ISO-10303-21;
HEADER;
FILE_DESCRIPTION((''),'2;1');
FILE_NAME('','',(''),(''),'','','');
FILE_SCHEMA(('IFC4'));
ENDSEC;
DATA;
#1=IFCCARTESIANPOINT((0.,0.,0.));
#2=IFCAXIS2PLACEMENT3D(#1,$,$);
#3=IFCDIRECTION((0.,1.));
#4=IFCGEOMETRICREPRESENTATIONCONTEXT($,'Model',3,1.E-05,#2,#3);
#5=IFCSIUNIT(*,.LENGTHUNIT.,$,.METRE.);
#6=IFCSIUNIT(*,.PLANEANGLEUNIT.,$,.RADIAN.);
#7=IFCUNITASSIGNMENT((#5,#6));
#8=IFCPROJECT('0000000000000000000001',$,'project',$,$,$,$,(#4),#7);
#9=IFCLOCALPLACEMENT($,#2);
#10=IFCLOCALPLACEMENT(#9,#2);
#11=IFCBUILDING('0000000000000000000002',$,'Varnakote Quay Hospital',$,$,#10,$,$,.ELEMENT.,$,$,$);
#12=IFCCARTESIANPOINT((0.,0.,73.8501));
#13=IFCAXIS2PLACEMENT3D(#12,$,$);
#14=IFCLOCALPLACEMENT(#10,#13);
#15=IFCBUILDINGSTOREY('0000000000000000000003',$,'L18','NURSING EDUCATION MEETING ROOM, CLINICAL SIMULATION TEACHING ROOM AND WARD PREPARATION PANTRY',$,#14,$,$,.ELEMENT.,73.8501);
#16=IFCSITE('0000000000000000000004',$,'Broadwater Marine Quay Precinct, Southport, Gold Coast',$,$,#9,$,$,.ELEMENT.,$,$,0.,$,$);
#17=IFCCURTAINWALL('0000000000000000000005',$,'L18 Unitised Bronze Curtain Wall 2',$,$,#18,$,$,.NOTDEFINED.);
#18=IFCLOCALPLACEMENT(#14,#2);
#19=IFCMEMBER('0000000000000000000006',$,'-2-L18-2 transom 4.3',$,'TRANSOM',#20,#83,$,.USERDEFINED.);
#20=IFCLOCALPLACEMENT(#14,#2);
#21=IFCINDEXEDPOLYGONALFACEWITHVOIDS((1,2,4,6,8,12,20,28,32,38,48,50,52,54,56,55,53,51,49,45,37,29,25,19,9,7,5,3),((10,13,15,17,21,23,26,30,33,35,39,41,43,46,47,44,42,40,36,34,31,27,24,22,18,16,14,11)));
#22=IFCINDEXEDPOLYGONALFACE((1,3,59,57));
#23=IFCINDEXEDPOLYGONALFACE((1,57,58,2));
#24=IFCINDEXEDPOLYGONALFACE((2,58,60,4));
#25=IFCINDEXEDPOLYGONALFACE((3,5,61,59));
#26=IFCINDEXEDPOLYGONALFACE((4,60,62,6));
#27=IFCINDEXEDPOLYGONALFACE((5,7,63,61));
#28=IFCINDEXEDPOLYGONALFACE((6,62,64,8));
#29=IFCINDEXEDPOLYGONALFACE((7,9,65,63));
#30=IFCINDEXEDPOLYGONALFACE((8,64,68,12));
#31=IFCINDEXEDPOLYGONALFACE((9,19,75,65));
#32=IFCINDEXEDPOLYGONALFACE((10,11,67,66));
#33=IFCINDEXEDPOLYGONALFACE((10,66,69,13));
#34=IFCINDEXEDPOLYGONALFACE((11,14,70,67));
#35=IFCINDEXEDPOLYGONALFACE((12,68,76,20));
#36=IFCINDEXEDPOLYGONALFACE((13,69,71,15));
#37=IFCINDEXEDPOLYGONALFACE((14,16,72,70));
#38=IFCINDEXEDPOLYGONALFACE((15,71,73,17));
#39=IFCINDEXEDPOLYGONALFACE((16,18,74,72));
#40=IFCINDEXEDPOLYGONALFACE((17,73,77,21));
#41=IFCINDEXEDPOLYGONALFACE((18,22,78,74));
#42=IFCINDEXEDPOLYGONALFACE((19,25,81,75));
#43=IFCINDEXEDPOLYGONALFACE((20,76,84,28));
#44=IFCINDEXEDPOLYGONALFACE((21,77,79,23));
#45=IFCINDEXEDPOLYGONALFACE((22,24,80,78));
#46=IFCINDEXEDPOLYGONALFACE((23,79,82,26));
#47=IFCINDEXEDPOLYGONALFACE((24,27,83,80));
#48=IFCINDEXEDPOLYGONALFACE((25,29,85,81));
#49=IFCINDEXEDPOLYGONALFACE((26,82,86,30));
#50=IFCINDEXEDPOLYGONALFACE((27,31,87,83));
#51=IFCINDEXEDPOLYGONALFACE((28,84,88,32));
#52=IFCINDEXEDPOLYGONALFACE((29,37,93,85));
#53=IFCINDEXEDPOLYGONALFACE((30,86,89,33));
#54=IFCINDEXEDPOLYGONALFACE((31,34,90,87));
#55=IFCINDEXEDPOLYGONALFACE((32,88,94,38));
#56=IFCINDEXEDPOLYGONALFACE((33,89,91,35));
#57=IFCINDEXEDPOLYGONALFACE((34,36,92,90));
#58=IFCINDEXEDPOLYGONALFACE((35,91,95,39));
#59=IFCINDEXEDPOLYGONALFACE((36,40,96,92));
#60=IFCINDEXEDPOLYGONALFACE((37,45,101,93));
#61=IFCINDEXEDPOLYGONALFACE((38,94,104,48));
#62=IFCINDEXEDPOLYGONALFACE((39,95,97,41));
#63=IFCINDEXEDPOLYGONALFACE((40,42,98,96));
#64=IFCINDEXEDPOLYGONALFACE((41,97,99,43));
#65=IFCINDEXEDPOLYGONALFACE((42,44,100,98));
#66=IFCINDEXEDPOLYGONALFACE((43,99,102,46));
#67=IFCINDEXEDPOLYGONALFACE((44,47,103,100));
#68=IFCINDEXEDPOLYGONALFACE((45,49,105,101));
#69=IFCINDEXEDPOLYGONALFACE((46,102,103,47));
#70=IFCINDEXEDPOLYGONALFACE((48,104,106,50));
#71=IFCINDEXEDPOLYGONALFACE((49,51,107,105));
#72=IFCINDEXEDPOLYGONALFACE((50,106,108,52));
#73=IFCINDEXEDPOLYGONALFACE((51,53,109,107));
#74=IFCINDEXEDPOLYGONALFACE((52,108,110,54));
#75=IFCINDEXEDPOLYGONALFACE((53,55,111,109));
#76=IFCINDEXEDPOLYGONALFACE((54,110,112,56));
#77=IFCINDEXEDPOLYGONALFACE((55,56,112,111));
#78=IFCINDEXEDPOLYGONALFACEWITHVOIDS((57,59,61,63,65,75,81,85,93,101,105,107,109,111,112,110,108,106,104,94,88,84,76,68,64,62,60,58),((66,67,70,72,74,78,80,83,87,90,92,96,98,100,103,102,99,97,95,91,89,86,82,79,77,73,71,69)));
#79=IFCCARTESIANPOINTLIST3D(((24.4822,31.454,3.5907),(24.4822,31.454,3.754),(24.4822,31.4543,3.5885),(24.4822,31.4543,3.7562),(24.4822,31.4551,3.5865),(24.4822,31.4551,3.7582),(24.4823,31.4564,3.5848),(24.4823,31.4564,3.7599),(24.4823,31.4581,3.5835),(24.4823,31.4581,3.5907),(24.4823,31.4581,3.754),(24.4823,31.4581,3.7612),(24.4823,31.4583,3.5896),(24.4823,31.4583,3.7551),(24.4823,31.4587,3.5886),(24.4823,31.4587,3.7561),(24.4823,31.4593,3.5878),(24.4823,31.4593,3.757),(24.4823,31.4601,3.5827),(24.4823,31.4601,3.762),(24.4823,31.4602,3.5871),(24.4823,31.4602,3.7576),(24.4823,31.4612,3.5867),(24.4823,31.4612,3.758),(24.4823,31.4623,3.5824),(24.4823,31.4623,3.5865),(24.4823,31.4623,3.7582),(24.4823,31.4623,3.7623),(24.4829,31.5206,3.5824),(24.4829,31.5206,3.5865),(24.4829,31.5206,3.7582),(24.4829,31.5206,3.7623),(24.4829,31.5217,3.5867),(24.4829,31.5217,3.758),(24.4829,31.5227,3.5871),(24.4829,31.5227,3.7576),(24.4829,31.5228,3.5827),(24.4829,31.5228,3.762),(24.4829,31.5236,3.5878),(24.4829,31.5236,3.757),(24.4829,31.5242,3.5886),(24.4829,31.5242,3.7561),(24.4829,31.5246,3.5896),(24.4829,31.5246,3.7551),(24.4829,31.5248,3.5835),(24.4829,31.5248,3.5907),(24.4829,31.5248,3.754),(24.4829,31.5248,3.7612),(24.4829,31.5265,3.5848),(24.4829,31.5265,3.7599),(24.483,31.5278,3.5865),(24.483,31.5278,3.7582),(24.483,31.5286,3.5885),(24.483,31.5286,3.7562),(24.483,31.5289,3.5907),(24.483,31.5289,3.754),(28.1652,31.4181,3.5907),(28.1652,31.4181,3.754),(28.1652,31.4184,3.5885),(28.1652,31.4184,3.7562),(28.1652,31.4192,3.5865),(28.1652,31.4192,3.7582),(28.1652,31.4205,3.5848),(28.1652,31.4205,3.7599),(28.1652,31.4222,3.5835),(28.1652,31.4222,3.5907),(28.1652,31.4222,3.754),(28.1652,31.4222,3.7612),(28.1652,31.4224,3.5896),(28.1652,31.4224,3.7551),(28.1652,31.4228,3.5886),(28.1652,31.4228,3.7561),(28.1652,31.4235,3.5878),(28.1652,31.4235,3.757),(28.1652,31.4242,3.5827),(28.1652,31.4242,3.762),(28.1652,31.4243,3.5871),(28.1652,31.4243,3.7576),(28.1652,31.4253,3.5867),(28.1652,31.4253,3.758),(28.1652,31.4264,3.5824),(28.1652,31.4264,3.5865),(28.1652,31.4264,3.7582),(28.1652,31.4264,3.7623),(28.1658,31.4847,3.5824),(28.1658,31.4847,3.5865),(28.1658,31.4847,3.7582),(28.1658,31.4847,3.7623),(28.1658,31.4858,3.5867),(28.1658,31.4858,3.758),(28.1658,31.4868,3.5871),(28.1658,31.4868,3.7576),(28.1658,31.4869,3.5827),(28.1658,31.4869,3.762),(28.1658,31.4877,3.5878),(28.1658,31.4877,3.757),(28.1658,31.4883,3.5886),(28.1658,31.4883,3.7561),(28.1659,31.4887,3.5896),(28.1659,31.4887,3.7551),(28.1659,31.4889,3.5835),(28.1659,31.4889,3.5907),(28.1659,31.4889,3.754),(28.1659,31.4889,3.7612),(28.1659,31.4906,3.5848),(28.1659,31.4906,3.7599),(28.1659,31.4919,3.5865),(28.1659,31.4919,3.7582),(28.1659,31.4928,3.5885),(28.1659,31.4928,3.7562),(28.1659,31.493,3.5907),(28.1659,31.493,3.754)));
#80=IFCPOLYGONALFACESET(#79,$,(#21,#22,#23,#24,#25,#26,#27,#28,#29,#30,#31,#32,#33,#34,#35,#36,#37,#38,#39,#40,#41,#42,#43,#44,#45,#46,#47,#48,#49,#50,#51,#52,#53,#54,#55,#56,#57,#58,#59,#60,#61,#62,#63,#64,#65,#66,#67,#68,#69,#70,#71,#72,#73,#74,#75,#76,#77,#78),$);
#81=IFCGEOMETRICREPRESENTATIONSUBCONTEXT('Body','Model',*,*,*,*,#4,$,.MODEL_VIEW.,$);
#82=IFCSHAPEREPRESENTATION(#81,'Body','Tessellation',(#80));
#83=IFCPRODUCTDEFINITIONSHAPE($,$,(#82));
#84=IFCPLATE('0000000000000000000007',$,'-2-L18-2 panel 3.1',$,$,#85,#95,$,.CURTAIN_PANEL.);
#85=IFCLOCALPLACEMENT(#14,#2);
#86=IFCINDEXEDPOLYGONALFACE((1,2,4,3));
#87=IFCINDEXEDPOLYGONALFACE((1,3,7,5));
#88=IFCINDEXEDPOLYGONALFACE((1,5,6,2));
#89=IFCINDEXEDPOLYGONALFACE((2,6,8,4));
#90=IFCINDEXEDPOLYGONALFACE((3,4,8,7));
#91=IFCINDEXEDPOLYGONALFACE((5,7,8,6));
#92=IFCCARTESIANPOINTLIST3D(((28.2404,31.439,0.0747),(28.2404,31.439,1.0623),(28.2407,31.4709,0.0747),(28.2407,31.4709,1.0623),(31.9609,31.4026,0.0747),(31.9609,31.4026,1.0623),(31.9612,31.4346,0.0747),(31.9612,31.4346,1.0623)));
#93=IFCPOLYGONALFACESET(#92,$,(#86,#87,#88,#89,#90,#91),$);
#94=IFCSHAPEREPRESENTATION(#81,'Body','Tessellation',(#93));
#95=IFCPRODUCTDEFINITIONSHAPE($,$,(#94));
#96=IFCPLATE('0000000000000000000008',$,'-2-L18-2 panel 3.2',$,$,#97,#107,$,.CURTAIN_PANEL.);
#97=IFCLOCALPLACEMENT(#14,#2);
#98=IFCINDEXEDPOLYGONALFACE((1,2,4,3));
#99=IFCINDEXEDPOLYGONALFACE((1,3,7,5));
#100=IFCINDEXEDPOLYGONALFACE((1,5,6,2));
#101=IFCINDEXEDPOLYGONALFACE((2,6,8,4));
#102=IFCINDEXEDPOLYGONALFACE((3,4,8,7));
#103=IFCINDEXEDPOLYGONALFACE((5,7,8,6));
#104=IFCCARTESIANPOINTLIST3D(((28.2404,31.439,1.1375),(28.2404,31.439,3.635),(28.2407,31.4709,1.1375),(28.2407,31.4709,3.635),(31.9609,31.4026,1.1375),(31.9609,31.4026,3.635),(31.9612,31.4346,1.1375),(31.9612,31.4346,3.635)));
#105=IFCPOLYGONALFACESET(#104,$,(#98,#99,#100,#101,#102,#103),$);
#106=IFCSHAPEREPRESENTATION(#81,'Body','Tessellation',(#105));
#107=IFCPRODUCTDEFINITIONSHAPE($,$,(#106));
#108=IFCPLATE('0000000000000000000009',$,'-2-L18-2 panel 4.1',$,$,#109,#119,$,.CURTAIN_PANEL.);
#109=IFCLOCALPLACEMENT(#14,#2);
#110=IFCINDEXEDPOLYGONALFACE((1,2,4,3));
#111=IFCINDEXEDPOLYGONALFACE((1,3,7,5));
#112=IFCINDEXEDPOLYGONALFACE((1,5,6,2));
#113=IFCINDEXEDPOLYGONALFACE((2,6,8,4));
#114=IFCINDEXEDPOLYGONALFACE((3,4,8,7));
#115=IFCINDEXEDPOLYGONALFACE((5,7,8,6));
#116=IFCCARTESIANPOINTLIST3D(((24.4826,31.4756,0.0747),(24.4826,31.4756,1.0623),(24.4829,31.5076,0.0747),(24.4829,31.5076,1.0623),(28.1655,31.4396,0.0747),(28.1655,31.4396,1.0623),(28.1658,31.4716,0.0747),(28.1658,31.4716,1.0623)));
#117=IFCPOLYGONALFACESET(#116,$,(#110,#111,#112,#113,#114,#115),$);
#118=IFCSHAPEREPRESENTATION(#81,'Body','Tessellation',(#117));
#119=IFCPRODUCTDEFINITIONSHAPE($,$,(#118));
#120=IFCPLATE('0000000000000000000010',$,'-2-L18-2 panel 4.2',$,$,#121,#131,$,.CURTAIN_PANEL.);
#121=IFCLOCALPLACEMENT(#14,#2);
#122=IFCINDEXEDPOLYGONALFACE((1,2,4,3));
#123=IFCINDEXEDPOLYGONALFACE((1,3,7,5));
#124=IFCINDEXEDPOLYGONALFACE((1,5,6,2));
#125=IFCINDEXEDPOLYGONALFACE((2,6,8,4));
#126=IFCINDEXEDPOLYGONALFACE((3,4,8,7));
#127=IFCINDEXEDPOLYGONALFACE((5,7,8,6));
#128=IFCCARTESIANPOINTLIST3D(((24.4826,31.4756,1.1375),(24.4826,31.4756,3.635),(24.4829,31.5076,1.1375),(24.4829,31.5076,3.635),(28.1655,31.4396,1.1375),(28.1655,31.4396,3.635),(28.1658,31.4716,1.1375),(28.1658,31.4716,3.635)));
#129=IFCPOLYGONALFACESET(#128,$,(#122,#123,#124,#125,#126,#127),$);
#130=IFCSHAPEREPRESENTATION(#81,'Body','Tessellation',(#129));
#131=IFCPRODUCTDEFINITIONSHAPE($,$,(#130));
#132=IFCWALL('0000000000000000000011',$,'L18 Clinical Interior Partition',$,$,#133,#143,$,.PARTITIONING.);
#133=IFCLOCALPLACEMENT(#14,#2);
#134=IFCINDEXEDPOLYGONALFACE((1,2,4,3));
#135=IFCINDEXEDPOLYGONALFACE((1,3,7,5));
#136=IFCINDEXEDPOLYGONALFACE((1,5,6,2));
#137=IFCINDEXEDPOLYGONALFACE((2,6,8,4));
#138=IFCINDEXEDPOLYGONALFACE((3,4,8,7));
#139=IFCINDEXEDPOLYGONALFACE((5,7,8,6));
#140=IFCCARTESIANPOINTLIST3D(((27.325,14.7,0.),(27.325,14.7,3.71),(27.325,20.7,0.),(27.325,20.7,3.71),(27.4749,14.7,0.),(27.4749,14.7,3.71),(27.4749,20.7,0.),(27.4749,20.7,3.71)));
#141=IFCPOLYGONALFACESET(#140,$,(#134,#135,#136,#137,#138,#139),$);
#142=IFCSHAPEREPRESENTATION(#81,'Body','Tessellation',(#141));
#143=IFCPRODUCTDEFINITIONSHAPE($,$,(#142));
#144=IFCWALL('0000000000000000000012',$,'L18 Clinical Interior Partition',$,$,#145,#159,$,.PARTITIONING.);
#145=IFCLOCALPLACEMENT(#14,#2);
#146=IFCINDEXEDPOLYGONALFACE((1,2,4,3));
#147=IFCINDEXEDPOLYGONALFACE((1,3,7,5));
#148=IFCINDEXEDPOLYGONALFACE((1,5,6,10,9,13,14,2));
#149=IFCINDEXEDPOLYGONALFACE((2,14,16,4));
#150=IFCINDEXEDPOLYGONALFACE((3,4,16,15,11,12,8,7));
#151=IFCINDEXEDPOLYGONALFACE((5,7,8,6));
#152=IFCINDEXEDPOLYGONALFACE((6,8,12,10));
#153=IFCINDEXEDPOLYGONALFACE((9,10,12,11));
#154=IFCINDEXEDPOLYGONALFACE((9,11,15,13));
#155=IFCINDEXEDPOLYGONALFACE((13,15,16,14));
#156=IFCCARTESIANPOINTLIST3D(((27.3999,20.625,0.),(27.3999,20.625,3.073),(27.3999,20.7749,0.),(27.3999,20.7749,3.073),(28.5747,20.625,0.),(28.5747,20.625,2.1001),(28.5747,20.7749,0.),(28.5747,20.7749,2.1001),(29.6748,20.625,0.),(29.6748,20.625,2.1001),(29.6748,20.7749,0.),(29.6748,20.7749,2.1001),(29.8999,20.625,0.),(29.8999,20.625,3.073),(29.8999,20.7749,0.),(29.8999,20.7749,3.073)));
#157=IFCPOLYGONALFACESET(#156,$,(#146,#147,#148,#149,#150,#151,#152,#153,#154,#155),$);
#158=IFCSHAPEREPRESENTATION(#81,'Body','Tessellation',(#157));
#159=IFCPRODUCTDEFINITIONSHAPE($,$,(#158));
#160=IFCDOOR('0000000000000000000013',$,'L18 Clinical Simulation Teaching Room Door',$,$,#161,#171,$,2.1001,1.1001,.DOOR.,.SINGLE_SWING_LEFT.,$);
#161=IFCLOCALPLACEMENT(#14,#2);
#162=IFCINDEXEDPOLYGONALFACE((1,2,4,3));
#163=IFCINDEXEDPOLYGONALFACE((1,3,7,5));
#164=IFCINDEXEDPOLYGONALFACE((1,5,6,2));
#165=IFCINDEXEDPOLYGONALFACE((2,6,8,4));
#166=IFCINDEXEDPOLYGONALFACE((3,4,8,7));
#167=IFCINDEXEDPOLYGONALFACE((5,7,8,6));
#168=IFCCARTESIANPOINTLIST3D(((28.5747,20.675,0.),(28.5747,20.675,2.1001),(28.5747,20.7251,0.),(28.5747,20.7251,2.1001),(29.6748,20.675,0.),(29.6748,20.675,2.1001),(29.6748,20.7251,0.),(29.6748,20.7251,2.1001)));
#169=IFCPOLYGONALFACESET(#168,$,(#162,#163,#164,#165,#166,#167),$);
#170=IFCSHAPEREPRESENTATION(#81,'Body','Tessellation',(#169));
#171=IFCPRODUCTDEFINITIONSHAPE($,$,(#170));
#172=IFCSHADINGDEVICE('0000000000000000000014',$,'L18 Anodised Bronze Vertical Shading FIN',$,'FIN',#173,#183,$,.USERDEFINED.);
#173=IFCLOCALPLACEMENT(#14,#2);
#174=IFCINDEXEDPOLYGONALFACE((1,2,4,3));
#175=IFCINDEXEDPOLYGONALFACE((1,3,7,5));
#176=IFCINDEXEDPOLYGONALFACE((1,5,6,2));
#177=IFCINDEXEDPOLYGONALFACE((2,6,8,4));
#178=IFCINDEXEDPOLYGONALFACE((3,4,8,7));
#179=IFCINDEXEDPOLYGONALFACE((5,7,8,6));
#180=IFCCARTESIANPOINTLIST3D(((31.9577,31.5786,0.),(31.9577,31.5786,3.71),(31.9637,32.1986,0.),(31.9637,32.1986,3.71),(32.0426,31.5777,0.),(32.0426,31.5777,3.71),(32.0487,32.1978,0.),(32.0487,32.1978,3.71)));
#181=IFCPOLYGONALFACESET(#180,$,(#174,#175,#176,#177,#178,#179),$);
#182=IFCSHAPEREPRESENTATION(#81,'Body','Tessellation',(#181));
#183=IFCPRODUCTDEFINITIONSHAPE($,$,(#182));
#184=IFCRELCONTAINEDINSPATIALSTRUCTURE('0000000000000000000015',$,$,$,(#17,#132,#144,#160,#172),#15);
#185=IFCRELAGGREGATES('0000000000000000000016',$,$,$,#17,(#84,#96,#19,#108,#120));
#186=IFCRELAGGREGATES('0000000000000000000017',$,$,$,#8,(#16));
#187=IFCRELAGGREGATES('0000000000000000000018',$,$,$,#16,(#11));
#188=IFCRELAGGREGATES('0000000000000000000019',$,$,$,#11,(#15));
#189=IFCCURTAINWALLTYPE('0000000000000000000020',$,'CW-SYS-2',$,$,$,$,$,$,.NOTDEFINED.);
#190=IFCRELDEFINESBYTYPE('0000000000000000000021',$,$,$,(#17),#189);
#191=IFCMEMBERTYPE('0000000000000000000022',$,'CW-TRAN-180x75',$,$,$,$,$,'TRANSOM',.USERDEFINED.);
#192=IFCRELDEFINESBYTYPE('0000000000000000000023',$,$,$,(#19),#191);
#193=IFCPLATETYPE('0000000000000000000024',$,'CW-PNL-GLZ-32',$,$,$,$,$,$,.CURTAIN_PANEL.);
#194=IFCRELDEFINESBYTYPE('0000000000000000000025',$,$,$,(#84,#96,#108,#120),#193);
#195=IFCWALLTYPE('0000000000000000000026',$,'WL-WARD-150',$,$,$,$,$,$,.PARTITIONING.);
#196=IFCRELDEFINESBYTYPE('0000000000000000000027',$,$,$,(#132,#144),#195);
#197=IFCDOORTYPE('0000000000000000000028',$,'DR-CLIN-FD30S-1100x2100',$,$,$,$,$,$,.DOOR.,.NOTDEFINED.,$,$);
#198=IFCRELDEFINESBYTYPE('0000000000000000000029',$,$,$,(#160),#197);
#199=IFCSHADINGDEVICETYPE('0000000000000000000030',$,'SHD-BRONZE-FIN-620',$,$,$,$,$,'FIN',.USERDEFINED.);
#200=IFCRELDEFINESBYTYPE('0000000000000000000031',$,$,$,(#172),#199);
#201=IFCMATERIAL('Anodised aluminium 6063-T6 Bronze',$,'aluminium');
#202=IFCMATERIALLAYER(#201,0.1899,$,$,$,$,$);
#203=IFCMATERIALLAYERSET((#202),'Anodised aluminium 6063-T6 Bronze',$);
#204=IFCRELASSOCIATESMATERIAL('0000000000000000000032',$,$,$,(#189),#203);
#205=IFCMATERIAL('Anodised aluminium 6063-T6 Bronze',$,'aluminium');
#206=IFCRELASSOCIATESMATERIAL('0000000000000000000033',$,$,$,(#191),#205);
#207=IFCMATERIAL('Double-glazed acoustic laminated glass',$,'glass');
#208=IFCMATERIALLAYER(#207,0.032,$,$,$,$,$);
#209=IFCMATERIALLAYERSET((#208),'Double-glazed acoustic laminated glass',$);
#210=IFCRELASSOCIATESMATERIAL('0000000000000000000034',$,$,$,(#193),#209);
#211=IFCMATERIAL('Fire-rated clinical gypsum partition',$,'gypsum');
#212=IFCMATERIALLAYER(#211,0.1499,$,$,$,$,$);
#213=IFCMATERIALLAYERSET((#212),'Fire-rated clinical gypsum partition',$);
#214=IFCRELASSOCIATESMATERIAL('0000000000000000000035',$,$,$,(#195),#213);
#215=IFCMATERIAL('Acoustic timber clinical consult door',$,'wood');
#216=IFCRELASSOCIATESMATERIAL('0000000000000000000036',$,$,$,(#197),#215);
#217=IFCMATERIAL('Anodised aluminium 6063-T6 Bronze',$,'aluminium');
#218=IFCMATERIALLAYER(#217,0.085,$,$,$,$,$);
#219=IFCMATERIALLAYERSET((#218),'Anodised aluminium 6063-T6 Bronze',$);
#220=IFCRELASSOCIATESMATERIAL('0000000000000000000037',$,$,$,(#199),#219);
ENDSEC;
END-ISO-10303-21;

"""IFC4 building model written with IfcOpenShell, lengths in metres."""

from ifc_helpers import new_model, si_unit, direction, frame, frame_2d, origin, origin_2d, place, context, subcontext, project, spatial, rectangle, hollow_rectangle, extrude, material, layer, layer_set, material_profile, profile_set, type_object, element, fill, aggregate, save


model = new_model("IFC4")

# Units and contexts
model_context = context("Model", 3, precision=1e-05, world=origin(), true_north=direction((0.0, 1.0)))
body_context = subcontext(model_context, "Body", "Model", "MODEL_VIEW")
ifc_project = project(units=[si_unit("LENGTHUNIT", "METRE"), si_unit("PLANEANGLEUNIT", "RADIAN")], contexts=[model_context])

# Site, building, storey
site_placement = place(None, origin())
site = spatial("IfcSite", under=ifc_project, at=site_placement, Name="Broadwater Marine Quay Precinct, Southport, Gold Coast", CompositionType="ELEMENT", RefElevation=0.0)
building_placement = place(site_placement, origin())
building = spatial("IfcBuilding", under=site, at=building_placement, Name="Varnakote Quay Hospital", CompositionType="ELEMENT")
storey_placement = place(building_placement, frame((0.0, 0.0, 73.8501)))
storey = spatial("IfcBuildingStorey", under=building, at=storey_placement, Name="L18", Description="NURSING EDUCATION MEETING ROOM, CLINICAL SIMULATION TEACHING ROOM AND WARD PREPARATION PANTRY", CompositionType="ELEMENT", Elevation=73.8501)

# Curtain wall, member, plates
ifc_material_1 = material(Name="Anodised aluminium 6063-T6 Bronze", Category="aluminium")
ifc_layer_1 = layer(ifc_material_1, 0.1899)
ifc_layer_set_1 = layer_set([ifc_layer_1], Name="Anodised aluminium 6063-T6 Bronze")
curtain_wall_type = type_object("IfcCurtainWallType", Name="CW-SYS-2", PredefinedType="NOTDEFINED", material=ifc_layer_set_1)
curtain_wall_placement = place(storey_placement, origin())
curtain_wall = element("IfcCurtainWall", 1, at=curtain_wall_placement, inside=storey, type_object=curtain_wall_type, Name="L18 Unitised Bronze Curtain Wall 2", PredefinedType="NOTDEFINED")
ifc_material_2 = material(Name="Anodised aluminium 6063-T6 Bronze", Category="aluminium")
ifc_material_profile_1 = material_profile(ifc_material_2, hollow_rectangle(XDim=0.075, YDim=0.1799, WallThickness=0.0042, InnerFilletRadius=0.0042, OuterFilletRadius=0.0083, at=origin_2d()), Name="CW-TRAN-180x75")
ifc_profile_set_1 = profile_set([ifc_material_profile_1], Name="Anodised aluminium 6063-T6 Bronze")
member_type_1 = type_object("IfcMemberType", Name="CW-TRAN-180x75", ElementType="TRANSOM", PredefinedType="USERDEFINED", material=ifc_profile_set_1)
member_1_placement = place(storey_placement, frame((28.1655, 31.4556, 3.6724), z_axis=(-0.999953, 0.009744, 0.0), x_axis=(-0.009744, -0.999953, 0.0)))
member_1 = element("IfcMember", 2, at=member_1_placement, type_object=member_type_1, Name="-2-L18-2 transom 4.3", ObjectType="TRANSOM", PredefinedType="USERDEFINED", context=body_context, shape_type="SweptSolid", body=[
    extrude(hollow_rectangle(XDim=0.075, YDim=0.1799, WallThickness=0.0042, InnerFilletRadius=0.0042, OuterFilletRadius=0.0083, at=origin_2d()), origin(), (0.0, 0.0, 1.0), 3.6831),
])
ifc_material_3 = material(Name="Double-glazed acoustic laminated glass", Category="glass")
ifc_layer_2 = layer(ifc_material_3, 0.032)
ifc_layer_set_2 = layer_set([ifc_layer_2], Name="Double-glazed acoustic laminated glass")
plate_type = type_object("IfcPlateType", Name="CW-PNL-GLZ-32", PredefinedType="CURTAIN_PANEL", material=ifc_layer_set_2)
plate_1_placement = place(storey_placement, frame((30.1008, 31.4368, 0.0747), z_axis=(0.0, 0.0, 1.0), x_axis=(-0.999952, 0.009774, 0.0)))
plate_1 = element("IfcPlate", 3, at=plate_1_placement, type_object=plate_type, Name="-2-L18-2 panel 3.1", PredefinedType="CURTAIN_PANEL", context=body_context, shape_type="SweptSolid", body=[
    extrude(rectangle(XDim=3.7207, YDim=0.032, at=origin_2d()), origin(), (0.0, 0.0, 1.0), 0.9875),
])
plate_2_placement = place(storey_placement, frame((30.1008, 31.4368, 1.1375), z_axis=(0.0, 0.0, 1.0), x_axis=(-0.999952, 0.009774, 0.0)))
plate_2 = element("IfcPlate", 4, at=plate_2_placement, type_object=plate_type, Name="-2-L18-2 panel 3.2", PredefinedType="CURTAIN_PANEL", context=body_context, shape_type="SweptSolid", body=[
    extrude(rectangle(XDim=3.7207, YDim=0.032, at=origin_2d()), origin(), (0.0, 0.0, 1.0), 2.4976),
])
plate_3_placement = place(storey_placement, frame((26.3242, 31.4736, 0.0747), z_axis=(0.0, 0.0, 1.0), x_axis=(-0.999952, 0.009774, 0.0)))
plate_3 = element("IfcPlate", 5, at=plate_3_placement, type_object=plate_type, Name="-2-L18-2 panel 4.1", PredefinedType="CURTAIN_PANEL", context=body_context, shape_type="SweptSolid", body=[
    extrude(rectangle(XDim=3.6831, YDim=0.032, at=origin_2d()), origin(), (0.0, 0.0, 1.0), 0.9875),
])
plate_4_placement = place(storey_placement, frame((26.3242, 31.4736, 1.1375), z_axis=(0.0, 0.0, 1.0), x_axis=(-0.999952, 0.009774, 0.0)))
plate_4 = element("IfcPlate", 6, at=plate_4_placement, type_object=plate_type, Name="-2-L18-2 panel 4.2", PredefinedType="CURTAIN_PANEL", context=body_context, shape_type="SweptSolid", body=[
    extrude(rectangle(XDim=3.6831, YDim=0.032, at=origin_2d()), origin(), (0.0, 0.0, 1.0), 2.4976),
])
aggregate(curtain_wall, [plate_1, plate_2, member_1, plate_3, plate_4])

# Wall
ifc_material_4 = material(Name="Fire-rated clinical gypsum partition", Category="gypsum")
ifc_layer_3 = layer(ifc_material_4, 0.1499)
ifc_layer_set_3 = layer_set([ifc_layer_3], Name="Fire-rated clinical gypsum partition")
wall_type = type_object("IfcWallType", Name="WL-WARD-150", PredefinedType="PARTITIONING", material=ifc_layer_set_3)
wall_1_placement = place(storey_placement, frame((27.3999, 20.7, 0.0), z_axis=(0.0, 0.0, 1.0), x_axis=(0.0, -1.0, 0.0)))
element("IfcWall", 7, at=wall_1_placement, inside=storey, type_object=wall_type, Name="L18 Clinical Interior Partition", PredefinedType="PARTITIONING", context=body_context, shape_type="SweptSolid", body=[
    extrude(rectangle(XDim=6.0, YDim=0.1499, at=frame_2d((3.0, 0.0))), origin(), (0.0, 0.0, 1.0), 3.71),
])

# Wall, opening, door
wall_2_placement = place(storey_placement, frame((29.8999, 20.7, 0.0), z_axis=(0.0, 0.0, 1.0), x_axis=(-1.0, 0.0, 0.0)))
wall_2 = element("IfcWall", 8, at=wall_2_placement, inside=storey, type_object=wall_type, Name="L18 Clinical Interior Partition", PredefinedType="PARTITIONING", context=body_context, shape_type="SweptSolid", body=[
    extrude(rectangle(XDim=2.5, YDim=0.1499, at=frame_2d((1.25, 0.0))), origin(), (0.0, 0.0, 1.0), 3.073),
])
opening_placement = place(wall_2_placement, frame((0.2251, 0.0, 0.0)))
opening = element("IfcOpeningElement", 9, at=opening_placement, cuts=wall_2, PredefinedType="OPENING", context=body_context, shape_type="SweptSolid", body=[
    extrude(rectangle(XDim=1.1001, YDim=2.1001, at=frame_2d((0.55, 1.05))), frame((0.0, 0.085, 0.0), z_axis=(0.0, -1.0, 0.0), x_axis=(1.0, 0.0, 0.0)), (0.0, 0.0, 1.0), 0.1699),
])
ifc_material_5 = material(Name="Acoustic timber clinical consult door", Category="wood")
door_type = type_object("IfcDoorType", Name="DR-CLIN-FD30S-1100x2100", OperationType="NOTDEFINED", PredefinedType="DOOR", material=ifc_material_5)
door_placement = place(opening_placement, origin())
door = element("IfcDoor", 10, at=door_placement, inside=storey, type_object=door_type, Name="L18 Clinical Simulation Teaching Room Door", OperationType="SINGLE_SWING_LEFT", OverallHeight=2.1001, OverallWidth=1.1001, PredefinedType="DOOR", context=body_context, shape_type="SweptSolid", body=[
    extrude(rectangle(XDim=1.1001, YDim=2.1001, at=frame_2d((0.55, 1.05))), frame((0.0, 0.0249, 0.0), z_axis=(0.0, -1.0, 0.0), x_axis=(1.0, 0.0, 0.0)), (0.0, 0.0, 1.0), 0.05),
])
fill(opening, door)

# Shading device
ifc_material_6 = material(Name="Anodised aluminium 6063-T6 Bronze", Category="aluminium")
ifc_layer_4 = layer(ifc_material_6, 0.085)
ifc_layer_set_4 = layer_set([ifc_layer_4], Name="Anodised aluminium 6063-T6 Bronze")
shading_device_type = type_object("IfcShadingDeviceType", Name="SHD-BRONZE-FIN-620", ElementType="FIN", PredefinedType="USERDEFINED", material=ifc_layer_set_4)
for number, where, z_axis, x_axis, name in (
    (11, (32.0032, 31.8882, 0.0), (0.0, 0.0, 1.0), (-0.009774, -0.999952, 0.0), "L18 Anodised Bronze Vertical Shading FIN"),
):
    element("IfcShadingDevice", number, at=place(storey_placement, frame(where, z_axis=z_axis, x_axis=x_axis)), inside=storey, type_object=shading_device_type, Name=name, ObjectType="FIN", PredefinedType="USERDEFINED", context=body_context, shape_type="SweptSolid", body=[
        extrude(rectangle(XDim=0.6201, YDim=0.085, at=origin_2d()), origin(), (0.0, 0.0, 1.0), 3.71),
    ])

save(model, "model.ifc")
